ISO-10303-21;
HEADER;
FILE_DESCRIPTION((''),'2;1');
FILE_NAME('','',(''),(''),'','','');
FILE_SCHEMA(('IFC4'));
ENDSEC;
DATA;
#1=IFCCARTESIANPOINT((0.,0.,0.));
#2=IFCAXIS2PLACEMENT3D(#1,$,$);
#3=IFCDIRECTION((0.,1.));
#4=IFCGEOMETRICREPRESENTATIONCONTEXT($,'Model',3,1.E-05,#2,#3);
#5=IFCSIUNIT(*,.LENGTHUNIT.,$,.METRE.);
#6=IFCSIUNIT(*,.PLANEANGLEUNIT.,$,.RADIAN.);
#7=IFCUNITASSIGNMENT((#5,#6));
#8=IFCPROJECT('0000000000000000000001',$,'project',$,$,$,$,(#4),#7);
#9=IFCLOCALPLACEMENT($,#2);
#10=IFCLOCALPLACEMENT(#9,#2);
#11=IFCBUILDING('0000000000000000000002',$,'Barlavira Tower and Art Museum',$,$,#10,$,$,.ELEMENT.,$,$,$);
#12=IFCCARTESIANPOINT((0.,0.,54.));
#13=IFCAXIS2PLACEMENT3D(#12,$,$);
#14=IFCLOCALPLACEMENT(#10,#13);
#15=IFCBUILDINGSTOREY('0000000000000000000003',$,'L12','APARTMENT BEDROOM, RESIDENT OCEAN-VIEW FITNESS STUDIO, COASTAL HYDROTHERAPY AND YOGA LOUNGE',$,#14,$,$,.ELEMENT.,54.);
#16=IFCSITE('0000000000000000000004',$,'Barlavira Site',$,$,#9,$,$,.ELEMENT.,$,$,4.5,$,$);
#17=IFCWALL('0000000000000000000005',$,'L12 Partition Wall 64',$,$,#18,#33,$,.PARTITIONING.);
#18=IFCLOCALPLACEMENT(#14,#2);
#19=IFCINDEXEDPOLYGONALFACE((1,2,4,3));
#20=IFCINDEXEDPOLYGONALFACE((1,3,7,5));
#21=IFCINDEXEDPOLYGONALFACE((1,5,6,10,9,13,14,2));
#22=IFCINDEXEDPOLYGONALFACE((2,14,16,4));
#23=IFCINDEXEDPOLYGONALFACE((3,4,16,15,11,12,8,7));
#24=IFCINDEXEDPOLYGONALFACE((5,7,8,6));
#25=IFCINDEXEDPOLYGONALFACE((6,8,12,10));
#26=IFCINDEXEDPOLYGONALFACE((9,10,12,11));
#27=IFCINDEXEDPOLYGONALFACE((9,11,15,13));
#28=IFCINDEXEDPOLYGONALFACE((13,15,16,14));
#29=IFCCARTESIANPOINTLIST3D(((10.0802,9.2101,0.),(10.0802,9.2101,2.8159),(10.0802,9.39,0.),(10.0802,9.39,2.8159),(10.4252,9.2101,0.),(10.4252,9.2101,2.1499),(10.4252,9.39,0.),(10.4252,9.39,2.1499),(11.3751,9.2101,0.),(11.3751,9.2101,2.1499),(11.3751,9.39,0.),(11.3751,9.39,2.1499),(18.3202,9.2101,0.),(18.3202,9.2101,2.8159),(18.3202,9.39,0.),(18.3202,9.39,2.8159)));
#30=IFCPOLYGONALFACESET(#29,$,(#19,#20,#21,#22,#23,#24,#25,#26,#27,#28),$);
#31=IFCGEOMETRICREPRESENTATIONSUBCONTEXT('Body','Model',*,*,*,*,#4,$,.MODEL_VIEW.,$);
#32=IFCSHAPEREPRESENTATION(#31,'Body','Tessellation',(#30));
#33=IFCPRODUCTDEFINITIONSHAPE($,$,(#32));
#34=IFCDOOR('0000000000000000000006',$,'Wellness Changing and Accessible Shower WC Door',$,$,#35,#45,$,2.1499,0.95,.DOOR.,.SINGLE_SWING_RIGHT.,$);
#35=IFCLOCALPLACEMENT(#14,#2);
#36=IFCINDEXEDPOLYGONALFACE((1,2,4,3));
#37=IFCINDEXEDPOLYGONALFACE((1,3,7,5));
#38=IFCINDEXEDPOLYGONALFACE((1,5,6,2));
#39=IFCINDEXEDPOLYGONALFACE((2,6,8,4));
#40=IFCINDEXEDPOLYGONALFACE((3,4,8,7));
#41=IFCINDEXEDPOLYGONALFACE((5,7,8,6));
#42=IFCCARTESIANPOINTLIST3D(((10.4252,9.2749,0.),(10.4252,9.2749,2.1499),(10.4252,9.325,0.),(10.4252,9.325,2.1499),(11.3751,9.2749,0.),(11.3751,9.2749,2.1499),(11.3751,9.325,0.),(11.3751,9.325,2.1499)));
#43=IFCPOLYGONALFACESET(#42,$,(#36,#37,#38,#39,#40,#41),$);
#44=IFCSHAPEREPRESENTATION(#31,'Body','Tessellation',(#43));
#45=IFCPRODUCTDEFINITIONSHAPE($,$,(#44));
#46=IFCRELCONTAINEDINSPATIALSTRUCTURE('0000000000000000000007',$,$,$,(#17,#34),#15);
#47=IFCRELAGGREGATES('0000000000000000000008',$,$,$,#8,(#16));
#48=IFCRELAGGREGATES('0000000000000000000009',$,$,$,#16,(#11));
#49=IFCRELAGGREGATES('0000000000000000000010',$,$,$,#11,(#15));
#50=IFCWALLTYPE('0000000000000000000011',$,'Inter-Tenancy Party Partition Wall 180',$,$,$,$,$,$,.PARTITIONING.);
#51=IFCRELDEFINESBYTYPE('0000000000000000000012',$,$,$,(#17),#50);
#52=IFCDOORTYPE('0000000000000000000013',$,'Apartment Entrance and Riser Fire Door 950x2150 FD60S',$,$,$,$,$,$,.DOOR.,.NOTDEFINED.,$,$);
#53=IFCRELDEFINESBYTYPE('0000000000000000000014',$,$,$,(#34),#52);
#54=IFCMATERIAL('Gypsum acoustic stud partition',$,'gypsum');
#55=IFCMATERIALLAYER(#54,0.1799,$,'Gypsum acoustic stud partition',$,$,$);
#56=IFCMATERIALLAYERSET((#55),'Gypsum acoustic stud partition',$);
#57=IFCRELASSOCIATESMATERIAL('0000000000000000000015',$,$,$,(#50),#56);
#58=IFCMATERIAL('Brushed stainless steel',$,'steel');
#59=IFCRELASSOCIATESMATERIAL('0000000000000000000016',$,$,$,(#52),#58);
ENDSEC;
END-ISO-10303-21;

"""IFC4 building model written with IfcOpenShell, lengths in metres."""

from ifc_helpers import new_model, si_unit, direction, frame, frame_2d, origin, place, context, subcontext, project, spatial, rectangle, extrude, material, layer, layer_set, type_object, element, fill, save


model = new_model("IFC4")

# Units and contexts
model_context = context("Model", 3, precision=1e-05, world=origin(), true_north=direction((0.0, 1.0)))
body_context = subcontext(model_context, "Body", "Model", "MODEL_VIEW")
ifc_project = project(units=[si_unit("LENGTHUNIT", "METRE"), si_unit("PLANEANGLEUNIT", "RADIAN")], contexts=[model_context])

# Site, building, storey
site_placement = place(None, origin())
site = spatial("IfcSite", under=ifc_project, at=site_placement, Name="Barlavira Site", CompositionType="ELEMENT", RefElevation=4.5)
building_placement = place(site_placement, origin())
building = spatial("IfcBuilding", under=site, at=building_placement, Name="Barlavira Tower and Art Museum", CompositionType="ELEMENT")
storey_placement = place(building_placement, frame((0.0, 0.0, 54.0)))
storey = spatial("IfcBuildingStorey", under=building, at=storey_placement, Name="L12", Description="APARTMENT BEDROOM, RESIDENT OCEAN-VIEW FITNESS STUDIO, COASTAL HYDROTHERAPY AND YOGA LOUNGE", CompositionType="ELEMENT", Elevation=54.0)

# Shared definitions
ifc_material_1 = material(Name="Gypsum acoustic stud partition", Category="gypsum")
ifc_layer_1 = layer(ifc_material_1, 0.1799, Name="Gypsum acoustic stud partition")
ifc_layer_set_1 = layer_set([ifc_layer_1], Name="Gypsum acoustic stud partition")
wall_type = type_object("IfcWallType", Name="Inter-Tenancy Party Partition Wall 180", PredefinedType="PARTITIONING", material=ifc_layer_set_1)
ifc_material_2 = material(Name="Brushed stainless steel", Category="steel")
door_type = type_object("IfcDoorType", Name="Apartment Entrance and Riser Fire Door 950x2150 FD60S", OperationType="NOTDEFINED", PredefinedType="DOOR", material=ifc_material_2)

# Wall, opening, door
wall_1_placement = place(storey_placement, frame((10.0801, 9.3, 0.0), z_axis=(0.0, 0.0, 1.0), x_axis=(1.0, 0.0, 0.0)))
wall_1 = element("IfcWall", 1, at=wall_1_placement, inside=storey, type_object=wall_type, Name="L12 Partition Wall 64", PredefinedType="PARTITIONING", context=body_context, shape_type="SweptSolid", body=[
    extrude(rectangle(XDim=8.24, YDim=0.1799, at=frame_2d((4.1201, 0.0))), origin(), (0.0, 0.0, 1.0), 2.8159),
])
opening_1_placement = place(wall_1_placement, frame((0.345, 0.0, 0.0)))
opening_1 = element("IfcOpeningElement", 2, at=opening_1_placement, cuts=wall_1, PredefinedType="OPENING", context=body_context, shape_type="SweptSolid", body=[
    extrude(rectangle(XDim=0.95, YDim=2.1499, at=frame_2d((0.4751, 1.075))), frame((0.0, 0.1001, 0.0), z_axis=(0.0, -1.0, 0.0), x_axis=(1.0, 0.0, 0.0)), (0.0, 0.0, 1.0), 0.2),
])
door_1_placement = place(opening_1_placement, origin())
door_1 = element("IfcDoor", 3, at=door_1_placement, inside=storey, type_object=door_type, Name="Wellness Changing and Accessible Shower WC Door", OperationType="SINGLE_SWING_RIGHT", OverallHeight=2.1499, OverallWidth=0.95, PredefinedType="DOOR", context=body_context, shape_type="SweptSolid", body=[
    extrude(rectangle(XDim=0.95, YDim=2.1499, at=frame_2d((0.4751, 1.075))), frame((0.0, 0.0249, 0.0), z_axis=(0.0, -1.0, 0.0), x_axis=(1.0, 0.0, 0.0)), (0.0, 0.0, 1.0), 0.05),
])
fill(opening_1, door_1)

save(model, "model.ifc")
